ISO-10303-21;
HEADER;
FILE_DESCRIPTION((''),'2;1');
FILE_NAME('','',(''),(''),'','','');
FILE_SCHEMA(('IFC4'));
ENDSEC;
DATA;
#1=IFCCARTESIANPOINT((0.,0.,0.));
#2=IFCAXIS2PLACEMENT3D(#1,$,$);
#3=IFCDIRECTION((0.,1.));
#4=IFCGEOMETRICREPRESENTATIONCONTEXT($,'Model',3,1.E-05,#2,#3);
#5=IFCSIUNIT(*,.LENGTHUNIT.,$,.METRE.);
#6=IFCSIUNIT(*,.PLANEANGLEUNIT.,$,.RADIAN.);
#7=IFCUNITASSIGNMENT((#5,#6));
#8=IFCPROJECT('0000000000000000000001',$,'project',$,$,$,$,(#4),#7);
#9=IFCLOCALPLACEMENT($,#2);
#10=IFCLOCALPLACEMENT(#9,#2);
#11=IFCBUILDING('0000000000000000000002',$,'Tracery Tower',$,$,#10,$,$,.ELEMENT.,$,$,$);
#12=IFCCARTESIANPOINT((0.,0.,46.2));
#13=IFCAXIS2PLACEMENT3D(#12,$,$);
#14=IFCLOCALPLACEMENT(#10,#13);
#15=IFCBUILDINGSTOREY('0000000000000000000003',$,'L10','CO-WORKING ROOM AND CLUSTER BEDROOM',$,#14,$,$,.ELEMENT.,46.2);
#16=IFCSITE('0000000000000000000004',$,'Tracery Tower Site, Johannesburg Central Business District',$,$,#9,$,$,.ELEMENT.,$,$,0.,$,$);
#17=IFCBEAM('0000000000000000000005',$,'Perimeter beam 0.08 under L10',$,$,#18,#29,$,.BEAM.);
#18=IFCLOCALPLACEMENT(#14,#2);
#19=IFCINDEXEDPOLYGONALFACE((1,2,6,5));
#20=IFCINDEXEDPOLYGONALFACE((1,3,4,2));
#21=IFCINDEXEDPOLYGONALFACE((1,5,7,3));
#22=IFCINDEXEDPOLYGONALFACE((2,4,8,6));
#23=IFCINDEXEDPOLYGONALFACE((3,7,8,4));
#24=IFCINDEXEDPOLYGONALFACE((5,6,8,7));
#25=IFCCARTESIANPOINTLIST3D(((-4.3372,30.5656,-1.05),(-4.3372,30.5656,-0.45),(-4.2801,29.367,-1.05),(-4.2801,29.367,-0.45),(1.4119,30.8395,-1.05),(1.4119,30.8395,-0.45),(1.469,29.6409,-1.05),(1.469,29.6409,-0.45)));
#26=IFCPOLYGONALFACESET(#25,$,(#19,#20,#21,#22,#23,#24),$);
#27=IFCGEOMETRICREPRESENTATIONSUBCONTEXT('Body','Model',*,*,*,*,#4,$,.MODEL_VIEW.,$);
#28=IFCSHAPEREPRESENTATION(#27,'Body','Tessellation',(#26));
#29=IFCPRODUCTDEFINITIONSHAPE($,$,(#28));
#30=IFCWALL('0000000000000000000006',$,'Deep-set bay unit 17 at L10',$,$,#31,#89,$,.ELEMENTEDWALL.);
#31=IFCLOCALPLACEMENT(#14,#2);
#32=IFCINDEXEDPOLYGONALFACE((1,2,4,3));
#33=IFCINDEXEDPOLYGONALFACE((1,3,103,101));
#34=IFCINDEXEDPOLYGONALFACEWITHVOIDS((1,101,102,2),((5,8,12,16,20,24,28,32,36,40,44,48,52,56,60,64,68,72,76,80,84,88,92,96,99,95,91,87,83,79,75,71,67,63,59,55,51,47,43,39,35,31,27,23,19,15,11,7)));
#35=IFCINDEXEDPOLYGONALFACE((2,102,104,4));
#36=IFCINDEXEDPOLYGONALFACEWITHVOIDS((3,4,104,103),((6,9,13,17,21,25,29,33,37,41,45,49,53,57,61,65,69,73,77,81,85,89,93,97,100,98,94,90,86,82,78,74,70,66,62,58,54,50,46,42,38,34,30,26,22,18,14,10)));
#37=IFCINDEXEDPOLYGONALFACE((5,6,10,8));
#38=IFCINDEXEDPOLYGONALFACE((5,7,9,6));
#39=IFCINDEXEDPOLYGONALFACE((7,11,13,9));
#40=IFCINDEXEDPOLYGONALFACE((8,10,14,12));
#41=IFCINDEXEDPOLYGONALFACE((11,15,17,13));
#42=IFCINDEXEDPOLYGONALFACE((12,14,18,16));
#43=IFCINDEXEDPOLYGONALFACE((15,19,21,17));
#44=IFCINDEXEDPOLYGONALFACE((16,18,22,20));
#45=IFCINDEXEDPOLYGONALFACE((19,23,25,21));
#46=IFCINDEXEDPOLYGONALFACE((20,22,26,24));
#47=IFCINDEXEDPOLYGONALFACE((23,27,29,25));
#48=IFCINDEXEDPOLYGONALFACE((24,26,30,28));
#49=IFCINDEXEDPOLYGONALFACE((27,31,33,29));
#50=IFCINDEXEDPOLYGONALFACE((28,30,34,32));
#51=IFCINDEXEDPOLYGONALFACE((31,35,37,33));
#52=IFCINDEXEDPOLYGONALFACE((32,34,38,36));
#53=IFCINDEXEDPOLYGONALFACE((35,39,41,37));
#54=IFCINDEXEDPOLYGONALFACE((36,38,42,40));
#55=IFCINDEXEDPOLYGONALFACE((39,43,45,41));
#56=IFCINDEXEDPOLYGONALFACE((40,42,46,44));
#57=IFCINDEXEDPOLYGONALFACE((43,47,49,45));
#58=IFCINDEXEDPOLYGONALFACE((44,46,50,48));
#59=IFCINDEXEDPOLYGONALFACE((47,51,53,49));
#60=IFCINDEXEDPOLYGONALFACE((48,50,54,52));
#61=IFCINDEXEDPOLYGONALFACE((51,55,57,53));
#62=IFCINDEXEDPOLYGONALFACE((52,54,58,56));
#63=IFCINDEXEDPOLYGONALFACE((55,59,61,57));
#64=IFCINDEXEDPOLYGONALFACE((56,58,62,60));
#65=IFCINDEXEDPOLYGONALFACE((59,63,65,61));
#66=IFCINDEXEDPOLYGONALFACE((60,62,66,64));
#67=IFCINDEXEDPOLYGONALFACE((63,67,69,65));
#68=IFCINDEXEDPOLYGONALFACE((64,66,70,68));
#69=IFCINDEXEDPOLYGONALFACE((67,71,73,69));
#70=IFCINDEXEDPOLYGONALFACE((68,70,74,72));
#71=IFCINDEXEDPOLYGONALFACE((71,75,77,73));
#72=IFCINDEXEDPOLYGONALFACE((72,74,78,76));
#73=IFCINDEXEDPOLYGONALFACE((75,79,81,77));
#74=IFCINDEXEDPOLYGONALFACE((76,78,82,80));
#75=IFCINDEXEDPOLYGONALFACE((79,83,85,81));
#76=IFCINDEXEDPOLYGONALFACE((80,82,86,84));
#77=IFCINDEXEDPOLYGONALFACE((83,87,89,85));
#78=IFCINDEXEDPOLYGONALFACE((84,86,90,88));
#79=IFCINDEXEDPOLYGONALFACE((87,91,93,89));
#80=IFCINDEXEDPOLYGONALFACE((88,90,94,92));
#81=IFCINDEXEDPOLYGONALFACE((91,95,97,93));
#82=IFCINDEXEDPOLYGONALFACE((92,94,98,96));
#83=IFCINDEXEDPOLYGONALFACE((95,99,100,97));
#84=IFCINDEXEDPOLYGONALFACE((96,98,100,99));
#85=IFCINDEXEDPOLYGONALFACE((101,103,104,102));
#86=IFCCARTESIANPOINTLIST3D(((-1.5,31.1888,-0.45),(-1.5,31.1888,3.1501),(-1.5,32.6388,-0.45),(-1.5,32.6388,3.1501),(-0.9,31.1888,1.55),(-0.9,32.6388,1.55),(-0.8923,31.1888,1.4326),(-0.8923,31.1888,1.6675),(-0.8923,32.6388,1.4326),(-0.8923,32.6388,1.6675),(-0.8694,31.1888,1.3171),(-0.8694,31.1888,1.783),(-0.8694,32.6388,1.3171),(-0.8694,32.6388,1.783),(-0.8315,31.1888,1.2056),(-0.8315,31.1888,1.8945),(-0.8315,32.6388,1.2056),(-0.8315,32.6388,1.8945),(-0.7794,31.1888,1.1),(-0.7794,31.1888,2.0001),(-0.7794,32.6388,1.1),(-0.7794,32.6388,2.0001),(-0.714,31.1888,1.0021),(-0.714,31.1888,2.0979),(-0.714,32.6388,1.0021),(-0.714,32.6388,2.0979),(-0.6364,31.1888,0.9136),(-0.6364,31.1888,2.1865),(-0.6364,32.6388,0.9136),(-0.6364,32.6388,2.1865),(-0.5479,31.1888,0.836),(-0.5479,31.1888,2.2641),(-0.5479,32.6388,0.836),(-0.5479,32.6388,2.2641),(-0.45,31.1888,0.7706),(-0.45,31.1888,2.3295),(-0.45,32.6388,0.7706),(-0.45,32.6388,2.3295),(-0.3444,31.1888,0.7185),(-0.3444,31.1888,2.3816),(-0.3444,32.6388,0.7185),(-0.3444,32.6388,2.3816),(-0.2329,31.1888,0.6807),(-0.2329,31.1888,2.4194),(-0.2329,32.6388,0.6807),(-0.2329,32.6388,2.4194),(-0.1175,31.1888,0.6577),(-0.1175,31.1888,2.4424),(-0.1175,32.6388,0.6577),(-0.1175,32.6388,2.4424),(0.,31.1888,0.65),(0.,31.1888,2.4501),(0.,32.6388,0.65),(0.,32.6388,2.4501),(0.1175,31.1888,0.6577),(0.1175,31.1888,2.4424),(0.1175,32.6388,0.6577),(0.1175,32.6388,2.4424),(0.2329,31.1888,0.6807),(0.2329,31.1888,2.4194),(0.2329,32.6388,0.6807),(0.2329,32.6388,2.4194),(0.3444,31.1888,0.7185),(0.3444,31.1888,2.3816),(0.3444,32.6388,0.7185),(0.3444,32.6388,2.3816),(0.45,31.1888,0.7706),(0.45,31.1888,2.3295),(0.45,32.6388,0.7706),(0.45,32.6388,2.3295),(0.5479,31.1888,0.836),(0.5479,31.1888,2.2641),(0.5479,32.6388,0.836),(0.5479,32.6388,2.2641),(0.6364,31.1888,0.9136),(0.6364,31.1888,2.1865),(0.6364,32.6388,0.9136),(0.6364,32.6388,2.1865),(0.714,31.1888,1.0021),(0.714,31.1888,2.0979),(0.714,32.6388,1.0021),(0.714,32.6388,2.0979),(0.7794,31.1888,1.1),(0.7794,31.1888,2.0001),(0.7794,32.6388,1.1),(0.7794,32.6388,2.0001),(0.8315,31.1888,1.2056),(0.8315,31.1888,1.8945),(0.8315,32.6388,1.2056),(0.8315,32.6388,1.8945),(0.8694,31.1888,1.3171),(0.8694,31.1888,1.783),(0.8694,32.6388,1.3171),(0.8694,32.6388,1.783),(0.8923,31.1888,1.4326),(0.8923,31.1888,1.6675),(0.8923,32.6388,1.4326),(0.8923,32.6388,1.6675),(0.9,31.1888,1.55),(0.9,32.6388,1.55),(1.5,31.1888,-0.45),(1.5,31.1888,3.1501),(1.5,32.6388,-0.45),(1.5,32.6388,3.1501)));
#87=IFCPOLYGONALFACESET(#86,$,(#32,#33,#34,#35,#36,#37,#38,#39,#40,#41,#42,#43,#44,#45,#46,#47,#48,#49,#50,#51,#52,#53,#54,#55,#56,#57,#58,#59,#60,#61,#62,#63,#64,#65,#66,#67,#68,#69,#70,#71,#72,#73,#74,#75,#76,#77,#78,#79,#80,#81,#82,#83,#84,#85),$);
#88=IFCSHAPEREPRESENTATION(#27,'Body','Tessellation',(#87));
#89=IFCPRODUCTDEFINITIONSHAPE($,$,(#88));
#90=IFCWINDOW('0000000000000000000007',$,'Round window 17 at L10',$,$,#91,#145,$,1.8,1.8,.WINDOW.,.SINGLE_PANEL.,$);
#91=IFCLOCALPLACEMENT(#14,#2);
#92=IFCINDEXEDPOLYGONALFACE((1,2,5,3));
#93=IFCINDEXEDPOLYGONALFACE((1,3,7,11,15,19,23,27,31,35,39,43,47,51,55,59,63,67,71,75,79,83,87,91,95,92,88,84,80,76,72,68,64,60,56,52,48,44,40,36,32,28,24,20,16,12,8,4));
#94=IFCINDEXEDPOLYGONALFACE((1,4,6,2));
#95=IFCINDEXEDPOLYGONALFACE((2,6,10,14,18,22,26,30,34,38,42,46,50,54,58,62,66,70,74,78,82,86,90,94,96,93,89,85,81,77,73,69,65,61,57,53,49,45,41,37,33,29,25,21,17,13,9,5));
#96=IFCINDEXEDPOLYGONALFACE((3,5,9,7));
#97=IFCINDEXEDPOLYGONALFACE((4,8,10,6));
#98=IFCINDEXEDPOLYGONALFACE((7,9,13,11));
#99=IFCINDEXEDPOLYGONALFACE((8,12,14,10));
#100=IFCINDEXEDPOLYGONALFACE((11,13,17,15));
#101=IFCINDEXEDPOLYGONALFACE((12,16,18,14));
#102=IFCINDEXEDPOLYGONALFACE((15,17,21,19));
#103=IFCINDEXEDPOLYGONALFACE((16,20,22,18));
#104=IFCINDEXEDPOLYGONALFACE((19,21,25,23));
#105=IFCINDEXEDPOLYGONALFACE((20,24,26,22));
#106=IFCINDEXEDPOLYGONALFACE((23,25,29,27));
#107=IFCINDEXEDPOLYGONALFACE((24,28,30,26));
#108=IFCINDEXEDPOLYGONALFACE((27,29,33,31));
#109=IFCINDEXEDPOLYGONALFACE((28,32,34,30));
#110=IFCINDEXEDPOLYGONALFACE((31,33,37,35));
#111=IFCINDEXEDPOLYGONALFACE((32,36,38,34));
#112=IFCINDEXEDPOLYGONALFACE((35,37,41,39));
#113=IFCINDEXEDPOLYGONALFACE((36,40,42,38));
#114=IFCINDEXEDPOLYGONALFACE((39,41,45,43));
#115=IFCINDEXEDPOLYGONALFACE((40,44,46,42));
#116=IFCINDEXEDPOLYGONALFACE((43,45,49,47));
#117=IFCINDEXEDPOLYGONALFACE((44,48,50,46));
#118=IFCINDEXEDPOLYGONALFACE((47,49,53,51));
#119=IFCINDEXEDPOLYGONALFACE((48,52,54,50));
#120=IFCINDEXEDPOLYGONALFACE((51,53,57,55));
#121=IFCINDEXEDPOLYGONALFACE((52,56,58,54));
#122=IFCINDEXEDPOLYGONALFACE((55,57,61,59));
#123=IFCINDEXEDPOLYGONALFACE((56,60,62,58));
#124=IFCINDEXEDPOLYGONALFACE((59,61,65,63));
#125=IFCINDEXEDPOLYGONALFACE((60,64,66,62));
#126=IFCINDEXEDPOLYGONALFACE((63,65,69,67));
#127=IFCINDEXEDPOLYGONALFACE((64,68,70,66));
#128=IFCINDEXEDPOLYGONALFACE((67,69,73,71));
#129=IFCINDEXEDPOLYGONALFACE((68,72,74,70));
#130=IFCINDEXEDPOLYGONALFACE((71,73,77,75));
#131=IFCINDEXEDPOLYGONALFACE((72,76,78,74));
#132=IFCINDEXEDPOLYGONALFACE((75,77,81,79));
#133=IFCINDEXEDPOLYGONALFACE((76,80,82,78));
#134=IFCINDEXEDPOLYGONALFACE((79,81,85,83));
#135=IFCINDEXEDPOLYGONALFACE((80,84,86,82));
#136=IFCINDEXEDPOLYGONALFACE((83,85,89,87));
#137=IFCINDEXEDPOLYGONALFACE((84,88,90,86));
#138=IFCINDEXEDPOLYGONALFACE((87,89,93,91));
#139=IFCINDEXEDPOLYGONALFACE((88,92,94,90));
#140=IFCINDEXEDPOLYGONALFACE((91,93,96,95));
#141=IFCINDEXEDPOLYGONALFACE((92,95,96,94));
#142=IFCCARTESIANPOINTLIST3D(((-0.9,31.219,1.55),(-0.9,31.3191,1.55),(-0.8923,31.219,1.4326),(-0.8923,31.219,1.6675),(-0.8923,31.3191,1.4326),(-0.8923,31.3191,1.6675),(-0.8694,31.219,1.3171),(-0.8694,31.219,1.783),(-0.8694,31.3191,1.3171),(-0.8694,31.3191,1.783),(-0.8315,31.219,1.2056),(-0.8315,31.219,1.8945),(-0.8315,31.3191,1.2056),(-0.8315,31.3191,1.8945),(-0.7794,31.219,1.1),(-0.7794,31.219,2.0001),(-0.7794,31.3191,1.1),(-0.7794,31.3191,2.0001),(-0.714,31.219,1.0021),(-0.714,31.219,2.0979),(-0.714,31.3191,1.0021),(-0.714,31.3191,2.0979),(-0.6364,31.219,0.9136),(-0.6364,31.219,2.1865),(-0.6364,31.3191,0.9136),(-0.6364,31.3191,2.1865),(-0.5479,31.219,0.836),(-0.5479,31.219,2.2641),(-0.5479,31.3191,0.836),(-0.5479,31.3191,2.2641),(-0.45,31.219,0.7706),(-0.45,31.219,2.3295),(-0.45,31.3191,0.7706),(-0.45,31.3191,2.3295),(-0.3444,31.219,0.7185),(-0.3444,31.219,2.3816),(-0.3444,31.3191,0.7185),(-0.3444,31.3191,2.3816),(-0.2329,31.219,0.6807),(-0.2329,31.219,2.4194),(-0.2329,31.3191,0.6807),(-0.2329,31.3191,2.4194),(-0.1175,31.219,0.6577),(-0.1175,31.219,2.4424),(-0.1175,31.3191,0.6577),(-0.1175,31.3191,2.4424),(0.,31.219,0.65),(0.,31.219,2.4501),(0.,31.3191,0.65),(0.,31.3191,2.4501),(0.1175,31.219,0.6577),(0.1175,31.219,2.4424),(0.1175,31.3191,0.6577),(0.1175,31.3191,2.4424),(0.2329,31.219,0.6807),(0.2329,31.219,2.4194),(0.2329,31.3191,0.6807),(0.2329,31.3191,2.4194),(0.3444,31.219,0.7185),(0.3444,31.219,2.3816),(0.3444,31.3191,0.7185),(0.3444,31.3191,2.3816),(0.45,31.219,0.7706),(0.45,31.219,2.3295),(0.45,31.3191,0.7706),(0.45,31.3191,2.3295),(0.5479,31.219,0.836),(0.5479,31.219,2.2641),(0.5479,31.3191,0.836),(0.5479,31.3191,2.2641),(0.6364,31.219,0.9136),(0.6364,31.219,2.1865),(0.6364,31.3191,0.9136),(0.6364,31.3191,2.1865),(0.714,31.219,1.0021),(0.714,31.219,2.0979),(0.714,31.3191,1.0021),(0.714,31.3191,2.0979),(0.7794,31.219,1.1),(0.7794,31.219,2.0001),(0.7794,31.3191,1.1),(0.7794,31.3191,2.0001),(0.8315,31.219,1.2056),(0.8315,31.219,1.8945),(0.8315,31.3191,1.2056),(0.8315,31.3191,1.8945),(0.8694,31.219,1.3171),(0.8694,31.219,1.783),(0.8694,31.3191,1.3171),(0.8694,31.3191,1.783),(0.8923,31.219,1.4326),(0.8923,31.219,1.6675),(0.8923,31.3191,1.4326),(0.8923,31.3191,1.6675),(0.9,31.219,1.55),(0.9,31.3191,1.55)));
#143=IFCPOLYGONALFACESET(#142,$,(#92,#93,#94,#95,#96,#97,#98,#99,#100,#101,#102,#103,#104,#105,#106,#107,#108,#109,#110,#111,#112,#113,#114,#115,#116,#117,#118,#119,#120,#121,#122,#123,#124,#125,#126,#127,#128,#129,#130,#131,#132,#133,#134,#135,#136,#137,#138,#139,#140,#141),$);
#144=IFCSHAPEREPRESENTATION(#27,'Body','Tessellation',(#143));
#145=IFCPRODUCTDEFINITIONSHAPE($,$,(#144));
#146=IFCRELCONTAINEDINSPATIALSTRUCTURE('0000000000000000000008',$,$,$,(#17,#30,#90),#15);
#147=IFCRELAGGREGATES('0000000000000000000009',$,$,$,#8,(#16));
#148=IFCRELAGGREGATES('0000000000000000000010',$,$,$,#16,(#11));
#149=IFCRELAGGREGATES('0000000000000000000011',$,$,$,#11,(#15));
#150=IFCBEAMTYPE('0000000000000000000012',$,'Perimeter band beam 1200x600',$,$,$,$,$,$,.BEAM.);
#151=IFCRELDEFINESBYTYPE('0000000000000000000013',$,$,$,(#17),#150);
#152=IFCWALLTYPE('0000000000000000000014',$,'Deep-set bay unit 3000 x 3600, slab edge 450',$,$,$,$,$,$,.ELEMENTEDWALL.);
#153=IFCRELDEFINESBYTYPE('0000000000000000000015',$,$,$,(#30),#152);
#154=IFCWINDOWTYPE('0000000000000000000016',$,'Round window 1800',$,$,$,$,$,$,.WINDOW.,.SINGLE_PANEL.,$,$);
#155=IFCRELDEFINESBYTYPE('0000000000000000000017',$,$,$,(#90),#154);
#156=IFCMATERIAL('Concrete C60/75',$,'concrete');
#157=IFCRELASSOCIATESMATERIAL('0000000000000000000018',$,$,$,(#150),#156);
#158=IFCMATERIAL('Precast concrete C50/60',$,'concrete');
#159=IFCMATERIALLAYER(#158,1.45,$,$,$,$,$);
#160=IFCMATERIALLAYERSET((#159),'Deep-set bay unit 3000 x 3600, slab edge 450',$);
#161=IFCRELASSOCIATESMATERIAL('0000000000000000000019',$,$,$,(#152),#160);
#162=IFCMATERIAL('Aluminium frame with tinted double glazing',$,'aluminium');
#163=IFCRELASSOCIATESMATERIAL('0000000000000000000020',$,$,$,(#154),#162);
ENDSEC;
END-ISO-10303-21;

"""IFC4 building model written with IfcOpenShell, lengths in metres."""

from ifc_helpers import new_model, si_unit, direction, frame, frame_2d, origin, origin_2d, place, context, subcontext, project, spatial, rectangle, circle, extrude, material, layer, layer_set, material_profile, profile_set, type_object, element, fill, save


model = new_model("IFC4")

# Units and contexts
model_context = context("Model", 3, precision=1e-05, world=origin(), true_north=direction((0.0, 1.0)))
body_context = subcontext(model_context, "Body", "Model", "MODEL_VIEW")
ifc_project = project(units=[si_unit("LENGTHUNIT", "METRE"), si_unit("PLANEANGLEUNIT", "RADIAN")], contexts=[model_context])

# Site, building, storey
site_placement = place(None, origin())
site = spatial("IfcSite", under=ifc_project, at=site_placement, Name="Tracery Tower Site, Johannesburg Central Business District", CompositionType="ELEMENT", RefElevation=0.0)
building_placement = place(site_placement, origin())
building = spatial("IfcBuilding", under=site, at=building_placement, Name="Tracery Tower", CompositionType="ELEMENT")
storey_placement = place(building_placement, frame((0.0, 0.0, 46.2)))
storey = spatial("IfcBuildingStorey", under=building, at=storey_placement, Name="L10", Description="CO-WORKING ROOM AND CLUSTER BEDROOM", CompositionType="ELEMENT", Elevation=46.2)

# Beam
ifc_material_1 = material(Name="Concrete C60/75", Category="concrete")
ifc_material_profile_1 = material_profile(ifc_material_1, rectangle(XDim=1.2, YDim=0.6001, at=origin_2d()), Name="RC 1200x600")
ifc_profile_set_1 = profile_set([ifc_material_profile_1], Name="Concrete C60/75")
beam_type_1 = type_object("IfcBeamType", Name="Perimeter band beam 1200x600", PredefinedType="BEAM", material=ifc_profile_set_1)
for number, where, z_axis, x_axis, name in (
    (1, (1.4404, 30.2402, -0.75), (-0.998867, -0.047593, 0.0), (0.047593, -0.998867, 0.0), "Perimeter beam 0.08 under L10"),
):
    element("IfcBeam", number, at=place(storey_placement, frame(where, z_axis=z_axis, x_axis=x_axis)), inside=storey, type_object=beam_type_1, Name=name, PredefinedType="BEAM", context=body_context, shape_type="SweptSolid", body=[
        extrude(rectangle(XDim=1.2, YDim=0.6001, at=origin_2d()), origin(), (0.0, 0.0, 1.0), 5.7556),
    ])

# Wall, opening, window
ifc_material_2 = material(Name="Precast concrete C50/60", Category="concrete")
ifc_layer_1 = layer(ifc_material_2, 1.45)
ifc_layer_set_1 = layer_set([ifc_layer_1], Name="Deep-set bay unit 3000 x 3600, slab edge 450")
wall_type_1 = type_object("IfcWallType", Name="Deep-set bay unit 3000 x 3600, slab edge 450", PredefinedType="ELEMENTEDWALL", material=ifc_layer_set_1)
wall_1_placement = place(storey_placement, frame((1.5, 31.9138, -0.45), z_axis=(0.0, 0.0, 1.0), x_axis=(-1.0, 0.0, 0.0)))
wall_1 = element("IfcWall", 2, at=wall_1_placement, inside=storey, type_object=wall_type_1, Name="Deep-set bay unit 17 at L10", PredefinedType="ELEMENTEDWALL", context=body_context, shape_type="SweptSolid", body=[
    extrude(rectangle(XDim=3.0, YDim=1.45, at=frame_2d((1.5, 0.0))), origin(), (0.0, 0.0, 1.0), 3.6001),
])
opening_1_placement = place(wall_1_placement, frame((1.5, 0.0, 2.0)))
opening_1 = element("IfcOpeningElement", 3, at=opening_1_placement, cuts=wall_1, PredefinedType="OPENING", context=body_context, shape_type="SweptSolid", body=[
    extrude(circle(Radius=0.9, at=origin_2d()), frame((0.0, 0.7349, 0.0), z_axis=(0.0, -1.0, 0.0), x_axis=(1.0, 0.0, 0.0)), (0.0, 0.0, 1.0), 1.47),
])
ifc_material_3 = material(Name="Aluminium frame with tinted double glazing", Category="aluminium")
window_type = type_object("IfcWindowType", Name="Round window 1800", PartitioningType="SINGLE_PANEL", PredefinedType="WINDOW", material=ifc_material_3)
window_1_placement = place(opening_1_placement, origin())
window_1 = element("IfcWindow", 4, at=window_1_placement, inside=storey, type_object=window_type, Name="Round window 17 at L10", OverallHeight=1.8, OverallWidth=1.8, PartitioningType="SINGLE_PANEL", PredefinedType="WINDOW", context=body_context, shape_type="SweptSolid", body=[
    extrude(circle(Radius=0.9, at=origin_2d()), frame((0.0, 0.6948, 0.0), z_axis=(0.0, -1.0, 0.0), x_axis=(1.0, 0.0, 0.0)), (0.0, 0.0, 1.0), 0.1001),
])
fill(opening_1, window_1)

save(model, "model.ifc")
